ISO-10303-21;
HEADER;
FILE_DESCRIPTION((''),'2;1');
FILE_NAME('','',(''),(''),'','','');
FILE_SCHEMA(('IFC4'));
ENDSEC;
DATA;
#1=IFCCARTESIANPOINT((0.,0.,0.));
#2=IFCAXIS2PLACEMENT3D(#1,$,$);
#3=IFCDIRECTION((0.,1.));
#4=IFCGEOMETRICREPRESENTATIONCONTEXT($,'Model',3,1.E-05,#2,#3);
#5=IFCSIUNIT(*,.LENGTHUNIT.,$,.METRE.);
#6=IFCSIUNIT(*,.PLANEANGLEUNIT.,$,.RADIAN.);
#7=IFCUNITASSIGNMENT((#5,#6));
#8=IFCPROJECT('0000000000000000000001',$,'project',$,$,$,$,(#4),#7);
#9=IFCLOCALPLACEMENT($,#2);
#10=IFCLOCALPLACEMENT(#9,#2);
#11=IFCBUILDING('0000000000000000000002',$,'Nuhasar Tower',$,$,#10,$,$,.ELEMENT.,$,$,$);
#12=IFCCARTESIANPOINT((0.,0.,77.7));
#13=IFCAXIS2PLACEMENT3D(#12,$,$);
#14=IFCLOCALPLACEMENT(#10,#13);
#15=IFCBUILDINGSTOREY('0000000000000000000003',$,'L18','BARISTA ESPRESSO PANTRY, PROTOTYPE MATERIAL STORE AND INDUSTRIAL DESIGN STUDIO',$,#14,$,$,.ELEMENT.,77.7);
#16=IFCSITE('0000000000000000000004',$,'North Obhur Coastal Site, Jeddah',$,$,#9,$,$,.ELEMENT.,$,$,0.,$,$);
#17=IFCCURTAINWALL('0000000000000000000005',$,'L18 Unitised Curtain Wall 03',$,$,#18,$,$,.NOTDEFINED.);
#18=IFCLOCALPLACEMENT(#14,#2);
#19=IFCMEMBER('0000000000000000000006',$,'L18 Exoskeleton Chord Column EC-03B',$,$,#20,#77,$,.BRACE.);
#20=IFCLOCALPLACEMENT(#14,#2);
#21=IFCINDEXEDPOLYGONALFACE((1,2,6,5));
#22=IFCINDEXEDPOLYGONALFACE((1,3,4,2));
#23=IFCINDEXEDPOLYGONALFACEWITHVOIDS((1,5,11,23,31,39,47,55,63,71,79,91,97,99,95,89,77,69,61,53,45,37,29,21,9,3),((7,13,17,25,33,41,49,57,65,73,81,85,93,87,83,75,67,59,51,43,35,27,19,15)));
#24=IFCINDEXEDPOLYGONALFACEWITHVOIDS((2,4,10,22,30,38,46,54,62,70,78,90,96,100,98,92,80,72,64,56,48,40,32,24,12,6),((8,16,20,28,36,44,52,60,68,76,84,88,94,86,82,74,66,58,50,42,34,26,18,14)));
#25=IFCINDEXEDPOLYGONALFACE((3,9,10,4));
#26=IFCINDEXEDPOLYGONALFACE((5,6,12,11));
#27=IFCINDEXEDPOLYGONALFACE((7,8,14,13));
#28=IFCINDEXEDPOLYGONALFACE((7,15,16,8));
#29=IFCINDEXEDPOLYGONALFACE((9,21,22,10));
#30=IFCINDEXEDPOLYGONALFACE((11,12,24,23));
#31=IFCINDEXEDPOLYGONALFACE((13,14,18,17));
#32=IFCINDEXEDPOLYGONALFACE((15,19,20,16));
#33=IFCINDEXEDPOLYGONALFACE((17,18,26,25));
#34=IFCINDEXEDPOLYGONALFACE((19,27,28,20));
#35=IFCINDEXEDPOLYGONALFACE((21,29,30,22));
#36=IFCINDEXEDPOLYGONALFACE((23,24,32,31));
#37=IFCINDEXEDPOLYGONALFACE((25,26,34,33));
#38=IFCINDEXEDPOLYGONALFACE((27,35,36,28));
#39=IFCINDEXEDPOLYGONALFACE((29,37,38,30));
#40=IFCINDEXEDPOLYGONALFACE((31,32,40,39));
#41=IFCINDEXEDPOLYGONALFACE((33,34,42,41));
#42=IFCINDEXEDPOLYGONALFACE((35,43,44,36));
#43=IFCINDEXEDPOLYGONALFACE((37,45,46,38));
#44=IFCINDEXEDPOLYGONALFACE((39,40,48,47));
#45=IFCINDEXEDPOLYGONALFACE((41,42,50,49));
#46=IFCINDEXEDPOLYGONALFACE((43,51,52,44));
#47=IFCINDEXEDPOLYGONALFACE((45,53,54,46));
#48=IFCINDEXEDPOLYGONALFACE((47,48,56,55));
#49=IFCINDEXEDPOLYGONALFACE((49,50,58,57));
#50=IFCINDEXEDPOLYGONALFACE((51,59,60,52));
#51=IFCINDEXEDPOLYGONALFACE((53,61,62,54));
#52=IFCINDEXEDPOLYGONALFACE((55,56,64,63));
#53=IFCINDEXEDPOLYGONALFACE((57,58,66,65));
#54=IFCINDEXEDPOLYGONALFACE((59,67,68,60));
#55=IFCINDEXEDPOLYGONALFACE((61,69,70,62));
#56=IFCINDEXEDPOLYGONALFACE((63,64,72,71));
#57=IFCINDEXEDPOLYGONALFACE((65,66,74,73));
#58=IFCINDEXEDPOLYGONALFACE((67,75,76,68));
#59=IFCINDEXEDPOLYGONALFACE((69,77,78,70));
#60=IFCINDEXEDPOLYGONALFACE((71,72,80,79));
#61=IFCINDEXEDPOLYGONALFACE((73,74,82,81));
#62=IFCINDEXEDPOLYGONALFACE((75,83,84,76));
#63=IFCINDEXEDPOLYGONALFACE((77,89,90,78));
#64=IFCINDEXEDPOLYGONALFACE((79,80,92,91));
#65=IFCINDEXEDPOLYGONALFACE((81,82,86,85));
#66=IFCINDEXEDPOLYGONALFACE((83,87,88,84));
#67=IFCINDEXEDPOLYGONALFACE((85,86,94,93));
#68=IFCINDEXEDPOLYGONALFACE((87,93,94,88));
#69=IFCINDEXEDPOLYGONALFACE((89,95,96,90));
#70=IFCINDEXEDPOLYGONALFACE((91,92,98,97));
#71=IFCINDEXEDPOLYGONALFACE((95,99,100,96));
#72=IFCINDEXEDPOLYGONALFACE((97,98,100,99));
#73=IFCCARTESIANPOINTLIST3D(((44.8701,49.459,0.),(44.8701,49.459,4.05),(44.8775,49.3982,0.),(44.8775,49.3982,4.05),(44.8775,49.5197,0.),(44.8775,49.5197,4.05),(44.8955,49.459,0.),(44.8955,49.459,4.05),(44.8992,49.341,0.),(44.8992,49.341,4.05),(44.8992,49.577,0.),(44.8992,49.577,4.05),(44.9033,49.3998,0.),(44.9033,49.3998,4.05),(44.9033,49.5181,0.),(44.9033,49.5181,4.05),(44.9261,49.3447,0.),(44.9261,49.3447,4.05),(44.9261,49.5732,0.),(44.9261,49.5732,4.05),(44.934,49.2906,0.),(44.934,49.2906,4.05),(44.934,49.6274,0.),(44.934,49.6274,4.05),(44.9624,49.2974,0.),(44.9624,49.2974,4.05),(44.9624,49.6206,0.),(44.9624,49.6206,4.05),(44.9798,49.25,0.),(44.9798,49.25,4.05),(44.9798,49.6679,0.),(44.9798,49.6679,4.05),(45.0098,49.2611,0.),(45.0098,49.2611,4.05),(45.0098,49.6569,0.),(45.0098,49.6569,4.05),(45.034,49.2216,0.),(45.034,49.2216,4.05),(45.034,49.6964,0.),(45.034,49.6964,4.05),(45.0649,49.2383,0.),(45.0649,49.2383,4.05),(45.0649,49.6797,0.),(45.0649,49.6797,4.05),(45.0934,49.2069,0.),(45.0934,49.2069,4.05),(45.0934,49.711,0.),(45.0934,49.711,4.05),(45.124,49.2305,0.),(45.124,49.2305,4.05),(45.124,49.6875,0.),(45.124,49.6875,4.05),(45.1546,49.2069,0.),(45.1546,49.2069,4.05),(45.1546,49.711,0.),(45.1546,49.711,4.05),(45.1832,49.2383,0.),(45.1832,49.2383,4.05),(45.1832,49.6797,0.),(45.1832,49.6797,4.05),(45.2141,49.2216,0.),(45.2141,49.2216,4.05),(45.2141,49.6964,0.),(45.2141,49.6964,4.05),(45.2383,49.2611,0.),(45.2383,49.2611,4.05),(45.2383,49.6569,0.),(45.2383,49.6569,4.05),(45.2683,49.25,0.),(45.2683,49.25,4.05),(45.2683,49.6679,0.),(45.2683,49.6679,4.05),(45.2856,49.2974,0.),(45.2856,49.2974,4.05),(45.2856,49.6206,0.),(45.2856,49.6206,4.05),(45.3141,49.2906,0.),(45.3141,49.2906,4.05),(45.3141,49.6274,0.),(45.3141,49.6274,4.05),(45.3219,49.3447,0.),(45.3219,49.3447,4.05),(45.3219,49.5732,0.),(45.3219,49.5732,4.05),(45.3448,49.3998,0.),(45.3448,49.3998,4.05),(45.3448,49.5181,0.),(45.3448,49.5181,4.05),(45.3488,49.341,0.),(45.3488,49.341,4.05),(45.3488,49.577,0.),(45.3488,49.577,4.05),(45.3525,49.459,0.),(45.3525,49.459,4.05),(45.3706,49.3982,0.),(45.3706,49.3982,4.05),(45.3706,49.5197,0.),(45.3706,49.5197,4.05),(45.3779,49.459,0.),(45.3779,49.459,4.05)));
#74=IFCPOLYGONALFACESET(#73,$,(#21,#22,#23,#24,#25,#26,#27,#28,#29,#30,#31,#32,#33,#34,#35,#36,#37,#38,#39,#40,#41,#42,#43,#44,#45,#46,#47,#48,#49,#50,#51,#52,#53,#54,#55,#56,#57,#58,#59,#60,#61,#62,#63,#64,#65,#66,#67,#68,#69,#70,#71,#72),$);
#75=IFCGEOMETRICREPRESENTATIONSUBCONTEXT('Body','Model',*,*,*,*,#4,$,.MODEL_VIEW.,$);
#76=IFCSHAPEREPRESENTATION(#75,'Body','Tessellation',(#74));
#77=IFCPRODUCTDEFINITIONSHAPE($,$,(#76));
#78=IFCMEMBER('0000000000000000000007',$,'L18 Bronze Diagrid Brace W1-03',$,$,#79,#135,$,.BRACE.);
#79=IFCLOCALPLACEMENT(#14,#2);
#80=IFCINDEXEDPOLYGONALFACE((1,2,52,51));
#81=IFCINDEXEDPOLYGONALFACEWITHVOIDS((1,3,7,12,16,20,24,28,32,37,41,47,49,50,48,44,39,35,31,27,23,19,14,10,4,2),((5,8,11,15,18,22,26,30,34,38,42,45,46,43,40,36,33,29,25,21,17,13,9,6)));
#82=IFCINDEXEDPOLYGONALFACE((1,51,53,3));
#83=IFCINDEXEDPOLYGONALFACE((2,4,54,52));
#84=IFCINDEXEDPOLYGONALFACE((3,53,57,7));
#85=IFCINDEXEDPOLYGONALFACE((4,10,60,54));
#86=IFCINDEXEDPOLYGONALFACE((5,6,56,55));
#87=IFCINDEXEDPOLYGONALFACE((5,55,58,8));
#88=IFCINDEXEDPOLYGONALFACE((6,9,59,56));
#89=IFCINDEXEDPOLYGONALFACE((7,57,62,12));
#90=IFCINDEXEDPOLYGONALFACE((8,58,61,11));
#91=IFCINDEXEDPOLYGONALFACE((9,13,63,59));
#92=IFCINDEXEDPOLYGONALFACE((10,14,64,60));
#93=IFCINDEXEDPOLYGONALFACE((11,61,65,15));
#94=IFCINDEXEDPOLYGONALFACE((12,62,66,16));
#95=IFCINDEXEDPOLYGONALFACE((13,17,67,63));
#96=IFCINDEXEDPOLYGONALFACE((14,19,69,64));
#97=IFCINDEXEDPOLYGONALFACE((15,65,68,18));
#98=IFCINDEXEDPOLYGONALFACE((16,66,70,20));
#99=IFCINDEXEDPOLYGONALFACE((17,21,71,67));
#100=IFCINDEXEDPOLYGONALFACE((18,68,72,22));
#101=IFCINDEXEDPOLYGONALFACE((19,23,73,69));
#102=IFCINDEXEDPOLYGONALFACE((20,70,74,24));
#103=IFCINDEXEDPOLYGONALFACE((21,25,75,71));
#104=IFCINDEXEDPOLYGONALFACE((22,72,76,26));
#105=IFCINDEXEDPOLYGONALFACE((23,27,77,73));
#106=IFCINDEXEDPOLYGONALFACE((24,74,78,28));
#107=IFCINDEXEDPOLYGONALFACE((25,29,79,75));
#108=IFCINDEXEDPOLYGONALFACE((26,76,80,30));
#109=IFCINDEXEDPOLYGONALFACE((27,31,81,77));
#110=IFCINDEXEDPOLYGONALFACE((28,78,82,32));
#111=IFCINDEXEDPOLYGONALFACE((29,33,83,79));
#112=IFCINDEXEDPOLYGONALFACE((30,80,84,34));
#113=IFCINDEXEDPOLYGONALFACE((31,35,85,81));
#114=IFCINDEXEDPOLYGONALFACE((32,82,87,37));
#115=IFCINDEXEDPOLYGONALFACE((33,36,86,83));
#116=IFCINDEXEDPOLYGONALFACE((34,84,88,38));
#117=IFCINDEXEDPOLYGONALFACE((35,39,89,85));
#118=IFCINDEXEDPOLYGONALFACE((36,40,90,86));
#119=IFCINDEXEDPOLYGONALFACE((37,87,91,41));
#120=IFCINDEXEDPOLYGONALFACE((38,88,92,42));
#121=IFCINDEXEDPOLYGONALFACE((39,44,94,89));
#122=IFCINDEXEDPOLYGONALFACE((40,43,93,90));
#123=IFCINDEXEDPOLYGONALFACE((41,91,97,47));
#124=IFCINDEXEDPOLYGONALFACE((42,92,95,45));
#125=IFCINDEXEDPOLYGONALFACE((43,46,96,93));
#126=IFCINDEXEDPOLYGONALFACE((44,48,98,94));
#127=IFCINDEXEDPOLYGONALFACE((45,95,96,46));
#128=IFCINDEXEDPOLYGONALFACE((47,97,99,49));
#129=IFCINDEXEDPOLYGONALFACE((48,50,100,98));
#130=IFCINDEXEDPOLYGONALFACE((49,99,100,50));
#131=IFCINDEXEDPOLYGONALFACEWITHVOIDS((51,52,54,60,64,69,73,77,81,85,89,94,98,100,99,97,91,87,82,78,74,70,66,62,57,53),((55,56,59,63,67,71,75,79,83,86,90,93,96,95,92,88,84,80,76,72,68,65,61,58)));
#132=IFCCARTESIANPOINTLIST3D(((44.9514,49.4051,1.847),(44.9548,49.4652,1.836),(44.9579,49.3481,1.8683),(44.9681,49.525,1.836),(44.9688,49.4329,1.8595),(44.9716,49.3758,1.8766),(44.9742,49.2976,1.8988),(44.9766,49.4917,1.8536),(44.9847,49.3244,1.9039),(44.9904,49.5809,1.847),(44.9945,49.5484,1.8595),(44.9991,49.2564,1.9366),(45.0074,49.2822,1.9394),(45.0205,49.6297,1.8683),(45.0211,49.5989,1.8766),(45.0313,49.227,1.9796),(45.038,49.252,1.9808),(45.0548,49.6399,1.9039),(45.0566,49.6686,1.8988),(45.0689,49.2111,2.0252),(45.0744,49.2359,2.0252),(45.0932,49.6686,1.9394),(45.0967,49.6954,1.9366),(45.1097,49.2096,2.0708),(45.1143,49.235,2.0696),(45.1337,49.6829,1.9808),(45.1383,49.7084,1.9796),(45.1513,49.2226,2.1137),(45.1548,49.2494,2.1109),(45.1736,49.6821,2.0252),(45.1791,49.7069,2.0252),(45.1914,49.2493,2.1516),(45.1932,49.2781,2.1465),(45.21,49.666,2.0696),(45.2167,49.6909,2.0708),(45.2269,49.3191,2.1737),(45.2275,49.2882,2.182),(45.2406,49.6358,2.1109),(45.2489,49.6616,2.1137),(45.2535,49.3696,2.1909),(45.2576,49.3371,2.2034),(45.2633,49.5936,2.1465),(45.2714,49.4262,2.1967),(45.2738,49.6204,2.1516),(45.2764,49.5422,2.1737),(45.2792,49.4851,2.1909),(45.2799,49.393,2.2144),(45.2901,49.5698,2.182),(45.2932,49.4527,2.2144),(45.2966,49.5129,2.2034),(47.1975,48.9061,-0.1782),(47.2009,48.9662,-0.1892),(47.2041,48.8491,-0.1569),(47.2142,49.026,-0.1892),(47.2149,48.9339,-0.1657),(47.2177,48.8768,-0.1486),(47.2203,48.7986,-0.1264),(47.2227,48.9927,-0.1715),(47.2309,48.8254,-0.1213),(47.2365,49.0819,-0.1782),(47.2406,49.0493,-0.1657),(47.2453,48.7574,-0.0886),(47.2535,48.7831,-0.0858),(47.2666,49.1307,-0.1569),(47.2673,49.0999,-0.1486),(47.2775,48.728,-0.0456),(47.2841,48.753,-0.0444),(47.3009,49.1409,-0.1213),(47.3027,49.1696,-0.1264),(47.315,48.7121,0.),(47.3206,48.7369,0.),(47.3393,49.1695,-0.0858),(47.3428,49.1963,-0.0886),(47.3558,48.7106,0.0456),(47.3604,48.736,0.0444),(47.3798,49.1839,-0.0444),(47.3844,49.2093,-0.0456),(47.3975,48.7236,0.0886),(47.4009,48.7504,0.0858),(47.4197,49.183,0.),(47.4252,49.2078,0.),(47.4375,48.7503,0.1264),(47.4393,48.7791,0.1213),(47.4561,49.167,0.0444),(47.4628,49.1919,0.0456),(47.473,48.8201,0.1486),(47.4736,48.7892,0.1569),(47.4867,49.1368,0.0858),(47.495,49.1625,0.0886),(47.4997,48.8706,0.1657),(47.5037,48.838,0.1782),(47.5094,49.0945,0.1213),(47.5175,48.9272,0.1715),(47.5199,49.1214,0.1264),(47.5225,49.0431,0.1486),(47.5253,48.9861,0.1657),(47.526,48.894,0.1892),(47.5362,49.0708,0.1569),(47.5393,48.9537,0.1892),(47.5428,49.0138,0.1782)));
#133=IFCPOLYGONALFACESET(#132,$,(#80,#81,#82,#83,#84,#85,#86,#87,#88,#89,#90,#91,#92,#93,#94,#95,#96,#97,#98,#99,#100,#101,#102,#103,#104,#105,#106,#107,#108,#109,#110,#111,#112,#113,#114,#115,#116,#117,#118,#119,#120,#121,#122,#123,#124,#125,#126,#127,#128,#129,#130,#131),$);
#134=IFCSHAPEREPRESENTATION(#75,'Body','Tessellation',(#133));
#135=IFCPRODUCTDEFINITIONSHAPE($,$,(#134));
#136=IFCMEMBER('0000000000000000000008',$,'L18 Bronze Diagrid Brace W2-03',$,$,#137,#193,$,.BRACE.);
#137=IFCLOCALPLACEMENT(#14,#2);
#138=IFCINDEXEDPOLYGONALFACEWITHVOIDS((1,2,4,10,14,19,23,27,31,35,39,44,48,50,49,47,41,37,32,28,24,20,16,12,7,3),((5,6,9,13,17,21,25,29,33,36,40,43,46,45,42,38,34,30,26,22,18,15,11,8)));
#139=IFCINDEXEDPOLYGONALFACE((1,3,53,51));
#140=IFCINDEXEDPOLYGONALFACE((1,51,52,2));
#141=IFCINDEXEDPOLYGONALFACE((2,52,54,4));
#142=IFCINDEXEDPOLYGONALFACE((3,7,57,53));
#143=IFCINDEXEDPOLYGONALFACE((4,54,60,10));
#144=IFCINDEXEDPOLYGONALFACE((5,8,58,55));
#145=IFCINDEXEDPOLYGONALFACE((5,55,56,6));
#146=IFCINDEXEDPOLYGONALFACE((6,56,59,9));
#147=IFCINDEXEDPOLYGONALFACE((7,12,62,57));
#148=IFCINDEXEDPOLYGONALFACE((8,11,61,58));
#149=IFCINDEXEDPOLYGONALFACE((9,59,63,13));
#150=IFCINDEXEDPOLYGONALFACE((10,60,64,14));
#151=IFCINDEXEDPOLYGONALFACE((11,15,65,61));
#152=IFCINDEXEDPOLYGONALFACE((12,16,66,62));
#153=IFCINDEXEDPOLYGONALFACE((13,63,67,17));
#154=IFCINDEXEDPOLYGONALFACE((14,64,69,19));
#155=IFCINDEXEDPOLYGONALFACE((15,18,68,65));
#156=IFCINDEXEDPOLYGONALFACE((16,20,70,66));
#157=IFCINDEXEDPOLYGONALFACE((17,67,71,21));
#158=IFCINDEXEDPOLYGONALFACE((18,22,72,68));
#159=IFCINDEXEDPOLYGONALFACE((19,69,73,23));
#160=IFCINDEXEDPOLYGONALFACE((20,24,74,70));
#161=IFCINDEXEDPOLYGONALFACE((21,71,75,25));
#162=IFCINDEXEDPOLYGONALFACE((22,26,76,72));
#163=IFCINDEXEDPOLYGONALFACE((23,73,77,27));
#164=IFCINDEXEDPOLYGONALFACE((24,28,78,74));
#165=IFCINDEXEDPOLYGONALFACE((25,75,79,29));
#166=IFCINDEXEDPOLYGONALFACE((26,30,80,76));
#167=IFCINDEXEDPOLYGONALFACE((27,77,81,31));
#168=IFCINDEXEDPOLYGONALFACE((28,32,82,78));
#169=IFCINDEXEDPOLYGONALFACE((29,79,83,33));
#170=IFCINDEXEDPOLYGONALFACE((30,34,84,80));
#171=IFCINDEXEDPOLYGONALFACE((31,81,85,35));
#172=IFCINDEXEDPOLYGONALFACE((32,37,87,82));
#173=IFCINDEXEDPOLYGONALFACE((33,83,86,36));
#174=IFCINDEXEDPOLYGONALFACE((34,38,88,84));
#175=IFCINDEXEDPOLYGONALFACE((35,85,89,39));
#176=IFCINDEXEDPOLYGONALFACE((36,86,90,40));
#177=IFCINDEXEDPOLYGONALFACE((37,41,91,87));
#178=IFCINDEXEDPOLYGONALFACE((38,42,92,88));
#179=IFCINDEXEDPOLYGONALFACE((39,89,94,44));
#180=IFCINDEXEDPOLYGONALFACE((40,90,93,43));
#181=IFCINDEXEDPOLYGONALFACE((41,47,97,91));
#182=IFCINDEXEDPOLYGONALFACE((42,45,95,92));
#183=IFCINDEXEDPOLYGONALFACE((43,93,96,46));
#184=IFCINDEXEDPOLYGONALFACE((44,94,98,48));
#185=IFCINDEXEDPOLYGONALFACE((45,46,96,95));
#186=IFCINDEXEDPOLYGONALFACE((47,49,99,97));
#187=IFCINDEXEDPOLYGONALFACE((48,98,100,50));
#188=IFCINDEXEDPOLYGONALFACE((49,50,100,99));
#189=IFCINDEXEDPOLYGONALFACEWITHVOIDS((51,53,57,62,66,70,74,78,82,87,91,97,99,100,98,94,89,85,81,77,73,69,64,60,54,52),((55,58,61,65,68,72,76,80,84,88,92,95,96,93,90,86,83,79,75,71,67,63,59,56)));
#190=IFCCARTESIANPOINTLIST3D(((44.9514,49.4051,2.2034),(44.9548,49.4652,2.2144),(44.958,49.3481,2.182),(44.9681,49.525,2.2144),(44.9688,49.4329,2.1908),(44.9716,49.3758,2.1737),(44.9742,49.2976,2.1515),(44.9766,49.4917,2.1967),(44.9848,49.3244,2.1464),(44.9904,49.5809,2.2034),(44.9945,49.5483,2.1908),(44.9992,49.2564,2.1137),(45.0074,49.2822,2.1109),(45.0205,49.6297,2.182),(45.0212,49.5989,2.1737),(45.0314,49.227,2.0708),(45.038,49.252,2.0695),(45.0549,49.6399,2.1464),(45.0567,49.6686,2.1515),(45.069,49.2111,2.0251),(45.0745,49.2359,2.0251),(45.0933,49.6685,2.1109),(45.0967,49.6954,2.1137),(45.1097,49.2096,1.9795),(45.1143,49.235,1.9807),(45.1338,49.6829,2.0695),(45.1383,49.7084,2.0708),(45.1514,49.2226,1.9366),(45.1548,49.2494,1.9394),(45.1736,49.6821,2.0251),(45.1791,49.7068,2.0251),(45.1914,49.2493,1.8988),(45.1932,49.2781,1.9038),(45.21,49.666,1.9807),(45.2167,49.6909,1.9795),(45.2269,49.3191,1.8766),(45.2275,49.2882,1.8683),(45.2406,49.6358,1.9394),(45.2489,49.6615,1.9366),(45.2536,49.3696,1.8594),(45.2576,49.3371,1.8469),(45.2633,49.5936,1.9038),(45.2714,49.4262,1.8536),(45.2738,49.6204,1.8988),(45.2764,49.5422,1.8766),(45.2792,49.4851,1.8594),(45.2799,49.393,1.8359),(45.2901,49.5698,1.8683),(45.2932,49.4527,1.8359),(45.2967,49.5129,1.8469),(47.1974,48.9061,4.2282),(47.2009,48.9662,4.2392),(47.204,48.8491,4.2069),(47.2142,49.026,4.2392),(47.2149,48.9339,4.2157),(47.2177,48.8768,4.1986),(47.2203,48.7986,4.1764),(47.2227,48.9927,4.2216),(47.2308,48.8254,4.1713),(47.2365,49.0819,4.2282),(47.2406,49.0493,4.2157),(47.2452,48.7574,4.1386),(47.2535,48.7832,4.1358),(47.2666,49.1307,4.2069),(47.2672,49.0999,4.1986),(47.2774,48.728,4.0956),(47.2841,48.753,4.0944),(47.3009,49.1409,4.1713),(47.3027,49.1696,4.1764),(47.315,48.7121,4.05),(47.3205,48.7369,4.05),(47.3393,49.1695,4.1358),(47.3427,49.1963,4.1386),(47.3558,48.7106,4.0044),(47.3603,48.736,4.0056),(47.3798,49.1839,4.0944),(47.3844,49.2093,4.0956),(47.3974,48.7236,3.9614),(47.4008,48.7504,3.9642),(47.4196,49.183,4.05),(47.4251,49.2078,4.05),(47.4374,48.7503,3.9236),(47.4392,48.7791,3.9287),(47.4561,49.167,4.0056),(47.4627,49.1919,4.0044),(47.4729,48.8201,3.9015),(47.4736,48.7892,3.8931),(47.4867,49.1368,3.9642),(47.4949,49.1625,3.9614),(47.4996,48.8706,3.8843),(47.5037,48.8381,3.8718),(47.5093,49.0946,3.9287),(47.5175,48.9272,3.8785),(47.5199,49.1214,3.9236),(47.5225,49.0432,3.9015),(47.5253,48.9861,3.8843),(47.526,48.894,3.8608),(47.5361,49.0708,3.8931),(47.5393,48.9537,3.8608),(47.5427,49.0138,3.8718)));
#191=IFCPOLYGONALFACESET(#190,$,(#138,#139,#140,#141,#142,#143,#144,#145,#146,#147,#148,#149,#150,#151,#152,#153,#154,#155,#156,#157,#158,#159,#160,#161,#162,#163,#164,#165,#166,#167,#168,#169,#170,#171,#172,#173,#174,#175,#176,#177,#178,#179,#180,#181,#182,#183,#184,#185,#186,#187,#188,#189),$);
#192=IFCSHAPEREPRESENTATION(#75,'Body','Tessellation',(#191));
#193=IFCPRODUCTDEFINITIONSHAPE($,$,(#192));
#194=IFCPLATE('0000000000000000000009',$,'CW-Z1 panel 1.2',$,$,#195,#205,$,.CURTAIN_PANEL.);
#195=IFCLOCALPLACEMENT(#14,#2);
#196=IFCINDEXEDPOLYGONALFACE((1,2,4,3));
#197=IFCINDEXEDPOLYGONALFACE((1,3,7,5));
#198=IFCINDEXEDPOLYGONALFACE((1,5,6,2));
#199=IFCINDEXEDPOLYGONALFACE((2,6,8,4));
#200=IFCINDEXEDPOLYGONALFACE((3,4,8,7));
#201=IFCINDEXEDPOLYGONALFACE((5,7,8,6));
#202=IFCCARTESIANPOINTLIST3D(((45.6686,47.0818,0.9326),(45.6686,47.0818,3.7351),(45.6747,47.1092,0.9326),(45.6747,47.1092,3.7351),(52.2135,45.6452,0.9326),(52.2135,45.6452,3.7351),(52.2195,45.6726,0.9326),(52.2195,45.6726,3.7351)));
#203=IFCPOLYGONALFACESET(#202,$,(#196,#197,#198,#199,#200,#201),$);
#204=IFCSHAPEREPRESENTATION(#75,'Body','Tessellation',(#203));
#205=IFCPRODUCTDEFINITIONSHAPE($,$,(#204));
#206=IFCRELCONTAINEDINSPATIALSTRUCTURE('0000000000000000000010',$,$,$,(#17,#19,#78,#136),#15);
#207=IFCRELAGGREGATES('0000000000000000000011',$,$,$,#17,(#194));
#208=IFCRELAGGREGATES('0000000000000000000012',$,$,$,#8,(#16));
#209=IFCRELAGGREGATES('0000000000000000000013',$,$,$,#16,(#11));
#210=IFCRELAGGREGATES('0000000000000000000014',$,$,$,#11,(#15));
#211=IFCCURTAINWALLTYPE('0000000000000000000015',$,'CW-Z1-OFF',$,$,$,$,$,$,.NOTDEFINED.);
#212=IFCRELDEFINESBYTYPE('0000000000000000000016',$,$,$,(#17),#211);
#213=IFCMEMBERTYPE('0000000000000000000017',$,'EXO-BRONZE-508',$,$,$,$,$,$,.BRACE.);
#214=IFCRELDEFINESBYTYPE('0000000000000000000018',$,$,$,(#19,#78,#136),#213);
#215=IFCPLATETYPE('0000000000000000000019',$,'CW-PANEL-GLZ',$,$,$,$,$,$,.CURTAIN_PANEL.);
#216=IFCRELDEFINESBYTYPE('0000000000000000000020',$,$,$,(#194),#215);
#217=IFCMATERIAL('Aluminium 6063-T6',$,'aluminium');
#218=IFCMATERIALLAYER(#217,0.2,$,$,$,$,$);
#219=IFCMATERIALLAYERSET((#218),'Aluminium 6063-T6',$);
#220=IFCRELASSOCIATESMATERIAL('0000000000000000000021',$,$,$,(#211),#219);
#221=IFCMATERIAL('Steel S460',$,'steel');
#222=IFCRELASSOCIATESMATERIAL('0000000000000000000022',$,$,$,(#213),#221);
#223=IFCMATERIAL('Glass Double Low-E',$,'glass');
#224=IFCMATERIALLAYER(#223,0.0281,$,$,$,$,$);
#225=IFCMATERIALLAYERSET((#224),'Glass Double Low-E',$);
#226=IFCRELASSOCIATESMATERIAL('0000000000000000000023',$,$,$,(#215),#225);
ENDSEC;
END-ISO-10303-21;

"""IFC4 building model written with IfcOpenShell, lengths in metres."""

from ifc_helpers import new_model, si_unit, direction, frame, origin, origin_2d, place, context, subcontext, project, spatial, rectangle, hollow_circle, extrude, material, layer, layer_set, material_profile, profile_set, type_object, element, aggregate, save


model = new_model("IFC4")

# Units and contexts
model_context = context("Model", 3, precision=1e-05, world=origin(), true_north=direction((0.0, 1.0)))
body_context = subcontext(model_context, "Body", "Model", "MODEL_VIEW")
ifc_project = project(units=[si_unit("LENGTHUNIT", "METRE"), si_unit("PLANEANGLEUNIT", "RADIAN")], contexts=[model_context])

# Site, building, storey
site_placement = place(None, origin())
site = spatial("IfcSite", under=ifc_project, at=site_placement, Name="North Obhur Coastal Site, Jeddah", CompositionType="ELEMENT", RefElevation=0.0)
building_placement = place(site_placement, origin())
building = spatial("IfcBuilding", under=site, at=building_placement, Name="Nuhasar Tower", CompositionType="ELEMENT")
storey_placement = place(building_placement, frame((0.0, 0.0, 77.7)))
storey = spatial("IfcBuildingStorey", under=building, at=storey_placement, Name="L18", Description="BARISTA ESPRESSO PANTRY, PROTOTYPE MATERIAL STORE AND INDUSTRIAL DESIGN STUDIO", CompositionType="ELEMENT", Elevation=77.7)

# Curtain wall
ifc_material_1 = material(Name="Aluminium 6063-T6", Category="aluminium")
ifc_layer_1 = layer(ifc_material_1, 0.2)
ifc_layer_set_1 = layer_set([ifc_layer_1], Name="Aluminium 6063-T6")
curtain_wall_type = type_object("IfcCurtainWallType", Name="CW-Z1-OFF", PredefinedType="NOTDEFINED", material=ifc_layer_set_1)
curtain_wall_placement = place(storey_placement, origin())
curtain_wall = element("IfcCurtainWall", 1, at=curtain_wall_placement, inside=storey, type_object=curtain_wall_type, Name="L18 Unitised Curtain Wall 03", PredefinedType="NOTDEFINED")

# Members
ifc_material_2 = material(Name="Steel S460", Category="steel")
ifc_material_profile_1 = material_profile(ifc_material_2, hollow_circle(Radius=0.2539, WallThickness=0.0254, at=origin_2d()), Name="HSS508X25.4")
ifc_profile_set_1 = profile_set([ifc_material_profile_1], Name="Steel S460")
member_type_1 = type_object("IfcMemberType", Name="EXO-BRONZE-508", PredefinedType="BRACE", material=ifc_profile_set_1)
for number, where, z_axis, x_axis, name in (
    (2, (45.124, 49.459, 0.0), (0.0, 0.0, 1.0), (1.0, 0.0, 0.0), "L18 Exoskeleton Chord Column EC-03B"),
):
    element("IfcMember", number, at=place(storey_placement, frame(where, z_axis=z_axis, x_axis=x_axis)), inside=storey, type_object=member_type_1, Name=name, PredefinedType="BRACE", context=body_context, shape_type="SweptSolid", body=[
        extrude(hollow_circle(Radius=0.2539, WallThickness=0.0254, at=origin_2d()), origin(), (0.0, 0.0, 1.0), 4.05),
    ])
member_1_placement = place(storey_placement, frame((47.3701, 48.96, 0.0), z_axis=(-0.732783, 0.162805, 0.660699), x_axis=(-0.216886, -0.976197, 0.0)))
element("IfcMember", 3, at=member_1_placement, inside=storey, type_object=member_type_1, Name="L18 Bronze Diagrid Brace W1-03", PredefinedType="BRACE", context=body_context, shape_type="SweptSolid", body=[
    extrude(hollow_circle(Radius=0.2539, WallThickness=0.0254, at=origin_2d()), origin(), (0.0, 0.0, 1.0), 3.0652),
])
member_2_placement = place(storey_placement, frame((45.124, 49.459, 2.0251), z_axis=(0.732821, -0.162814, 0.660654), x_axis=(0.216886, 0.976197, 0.0)))
element("IfcMember", 4, at=member_2_placement, inside=storey, type_object=member_type_1, Name="L18 Bronze Diagrid Brace W2-03", PredefinedType="BRACE", context=body_context, shape_type="SweptSolid", body=[
    extrude(hollow_circle(Radius=0.2539, WallThickness=0.0254, at=origin_2d()), origin(), (0.0, 0.0, 1.0), 3.0649),
])

# Plate
ifc_material_3 = material(Name="Glass Double Low-E", Category="glass")
ifc_layer_2 = layer(ifc_material_3, 0.0281)
ifc_layer_set_2 = layer_set([ifc_layer_2], Name="Glass Double Low-E")
plate_type_1 = type_object("IfcPlateType", Name="CW-PANEL-GLZ", PredefinedType="CURTAIN_PANEL", material=ifc_layer_set_2)
plate_1_placement = place(storey_placement, frame((48.9441, 46.3772, 0.9326), z_axis=(0.0, 0.0, 1.0), x_axis=(-0.976746, 0.214399, 0.0)))
plate_1 = element("IfcPlate", 5, at=plate_1_placement, type_object=plate_type_1, Name="CW-Z1 panel 1.2", PredefinedType="CURTAIN_PANEL", context=body_context, shape_type="SweptSolid", body=[
    extrude(rectangle(XDim=6.7007, YDim=0.0281, at=origin_2d()), origin(), (0.0, 0.0, 1.0), 2.8025),
])
aggregate(curtain_wall, [plate_1])

save(model, "model.ifc")
